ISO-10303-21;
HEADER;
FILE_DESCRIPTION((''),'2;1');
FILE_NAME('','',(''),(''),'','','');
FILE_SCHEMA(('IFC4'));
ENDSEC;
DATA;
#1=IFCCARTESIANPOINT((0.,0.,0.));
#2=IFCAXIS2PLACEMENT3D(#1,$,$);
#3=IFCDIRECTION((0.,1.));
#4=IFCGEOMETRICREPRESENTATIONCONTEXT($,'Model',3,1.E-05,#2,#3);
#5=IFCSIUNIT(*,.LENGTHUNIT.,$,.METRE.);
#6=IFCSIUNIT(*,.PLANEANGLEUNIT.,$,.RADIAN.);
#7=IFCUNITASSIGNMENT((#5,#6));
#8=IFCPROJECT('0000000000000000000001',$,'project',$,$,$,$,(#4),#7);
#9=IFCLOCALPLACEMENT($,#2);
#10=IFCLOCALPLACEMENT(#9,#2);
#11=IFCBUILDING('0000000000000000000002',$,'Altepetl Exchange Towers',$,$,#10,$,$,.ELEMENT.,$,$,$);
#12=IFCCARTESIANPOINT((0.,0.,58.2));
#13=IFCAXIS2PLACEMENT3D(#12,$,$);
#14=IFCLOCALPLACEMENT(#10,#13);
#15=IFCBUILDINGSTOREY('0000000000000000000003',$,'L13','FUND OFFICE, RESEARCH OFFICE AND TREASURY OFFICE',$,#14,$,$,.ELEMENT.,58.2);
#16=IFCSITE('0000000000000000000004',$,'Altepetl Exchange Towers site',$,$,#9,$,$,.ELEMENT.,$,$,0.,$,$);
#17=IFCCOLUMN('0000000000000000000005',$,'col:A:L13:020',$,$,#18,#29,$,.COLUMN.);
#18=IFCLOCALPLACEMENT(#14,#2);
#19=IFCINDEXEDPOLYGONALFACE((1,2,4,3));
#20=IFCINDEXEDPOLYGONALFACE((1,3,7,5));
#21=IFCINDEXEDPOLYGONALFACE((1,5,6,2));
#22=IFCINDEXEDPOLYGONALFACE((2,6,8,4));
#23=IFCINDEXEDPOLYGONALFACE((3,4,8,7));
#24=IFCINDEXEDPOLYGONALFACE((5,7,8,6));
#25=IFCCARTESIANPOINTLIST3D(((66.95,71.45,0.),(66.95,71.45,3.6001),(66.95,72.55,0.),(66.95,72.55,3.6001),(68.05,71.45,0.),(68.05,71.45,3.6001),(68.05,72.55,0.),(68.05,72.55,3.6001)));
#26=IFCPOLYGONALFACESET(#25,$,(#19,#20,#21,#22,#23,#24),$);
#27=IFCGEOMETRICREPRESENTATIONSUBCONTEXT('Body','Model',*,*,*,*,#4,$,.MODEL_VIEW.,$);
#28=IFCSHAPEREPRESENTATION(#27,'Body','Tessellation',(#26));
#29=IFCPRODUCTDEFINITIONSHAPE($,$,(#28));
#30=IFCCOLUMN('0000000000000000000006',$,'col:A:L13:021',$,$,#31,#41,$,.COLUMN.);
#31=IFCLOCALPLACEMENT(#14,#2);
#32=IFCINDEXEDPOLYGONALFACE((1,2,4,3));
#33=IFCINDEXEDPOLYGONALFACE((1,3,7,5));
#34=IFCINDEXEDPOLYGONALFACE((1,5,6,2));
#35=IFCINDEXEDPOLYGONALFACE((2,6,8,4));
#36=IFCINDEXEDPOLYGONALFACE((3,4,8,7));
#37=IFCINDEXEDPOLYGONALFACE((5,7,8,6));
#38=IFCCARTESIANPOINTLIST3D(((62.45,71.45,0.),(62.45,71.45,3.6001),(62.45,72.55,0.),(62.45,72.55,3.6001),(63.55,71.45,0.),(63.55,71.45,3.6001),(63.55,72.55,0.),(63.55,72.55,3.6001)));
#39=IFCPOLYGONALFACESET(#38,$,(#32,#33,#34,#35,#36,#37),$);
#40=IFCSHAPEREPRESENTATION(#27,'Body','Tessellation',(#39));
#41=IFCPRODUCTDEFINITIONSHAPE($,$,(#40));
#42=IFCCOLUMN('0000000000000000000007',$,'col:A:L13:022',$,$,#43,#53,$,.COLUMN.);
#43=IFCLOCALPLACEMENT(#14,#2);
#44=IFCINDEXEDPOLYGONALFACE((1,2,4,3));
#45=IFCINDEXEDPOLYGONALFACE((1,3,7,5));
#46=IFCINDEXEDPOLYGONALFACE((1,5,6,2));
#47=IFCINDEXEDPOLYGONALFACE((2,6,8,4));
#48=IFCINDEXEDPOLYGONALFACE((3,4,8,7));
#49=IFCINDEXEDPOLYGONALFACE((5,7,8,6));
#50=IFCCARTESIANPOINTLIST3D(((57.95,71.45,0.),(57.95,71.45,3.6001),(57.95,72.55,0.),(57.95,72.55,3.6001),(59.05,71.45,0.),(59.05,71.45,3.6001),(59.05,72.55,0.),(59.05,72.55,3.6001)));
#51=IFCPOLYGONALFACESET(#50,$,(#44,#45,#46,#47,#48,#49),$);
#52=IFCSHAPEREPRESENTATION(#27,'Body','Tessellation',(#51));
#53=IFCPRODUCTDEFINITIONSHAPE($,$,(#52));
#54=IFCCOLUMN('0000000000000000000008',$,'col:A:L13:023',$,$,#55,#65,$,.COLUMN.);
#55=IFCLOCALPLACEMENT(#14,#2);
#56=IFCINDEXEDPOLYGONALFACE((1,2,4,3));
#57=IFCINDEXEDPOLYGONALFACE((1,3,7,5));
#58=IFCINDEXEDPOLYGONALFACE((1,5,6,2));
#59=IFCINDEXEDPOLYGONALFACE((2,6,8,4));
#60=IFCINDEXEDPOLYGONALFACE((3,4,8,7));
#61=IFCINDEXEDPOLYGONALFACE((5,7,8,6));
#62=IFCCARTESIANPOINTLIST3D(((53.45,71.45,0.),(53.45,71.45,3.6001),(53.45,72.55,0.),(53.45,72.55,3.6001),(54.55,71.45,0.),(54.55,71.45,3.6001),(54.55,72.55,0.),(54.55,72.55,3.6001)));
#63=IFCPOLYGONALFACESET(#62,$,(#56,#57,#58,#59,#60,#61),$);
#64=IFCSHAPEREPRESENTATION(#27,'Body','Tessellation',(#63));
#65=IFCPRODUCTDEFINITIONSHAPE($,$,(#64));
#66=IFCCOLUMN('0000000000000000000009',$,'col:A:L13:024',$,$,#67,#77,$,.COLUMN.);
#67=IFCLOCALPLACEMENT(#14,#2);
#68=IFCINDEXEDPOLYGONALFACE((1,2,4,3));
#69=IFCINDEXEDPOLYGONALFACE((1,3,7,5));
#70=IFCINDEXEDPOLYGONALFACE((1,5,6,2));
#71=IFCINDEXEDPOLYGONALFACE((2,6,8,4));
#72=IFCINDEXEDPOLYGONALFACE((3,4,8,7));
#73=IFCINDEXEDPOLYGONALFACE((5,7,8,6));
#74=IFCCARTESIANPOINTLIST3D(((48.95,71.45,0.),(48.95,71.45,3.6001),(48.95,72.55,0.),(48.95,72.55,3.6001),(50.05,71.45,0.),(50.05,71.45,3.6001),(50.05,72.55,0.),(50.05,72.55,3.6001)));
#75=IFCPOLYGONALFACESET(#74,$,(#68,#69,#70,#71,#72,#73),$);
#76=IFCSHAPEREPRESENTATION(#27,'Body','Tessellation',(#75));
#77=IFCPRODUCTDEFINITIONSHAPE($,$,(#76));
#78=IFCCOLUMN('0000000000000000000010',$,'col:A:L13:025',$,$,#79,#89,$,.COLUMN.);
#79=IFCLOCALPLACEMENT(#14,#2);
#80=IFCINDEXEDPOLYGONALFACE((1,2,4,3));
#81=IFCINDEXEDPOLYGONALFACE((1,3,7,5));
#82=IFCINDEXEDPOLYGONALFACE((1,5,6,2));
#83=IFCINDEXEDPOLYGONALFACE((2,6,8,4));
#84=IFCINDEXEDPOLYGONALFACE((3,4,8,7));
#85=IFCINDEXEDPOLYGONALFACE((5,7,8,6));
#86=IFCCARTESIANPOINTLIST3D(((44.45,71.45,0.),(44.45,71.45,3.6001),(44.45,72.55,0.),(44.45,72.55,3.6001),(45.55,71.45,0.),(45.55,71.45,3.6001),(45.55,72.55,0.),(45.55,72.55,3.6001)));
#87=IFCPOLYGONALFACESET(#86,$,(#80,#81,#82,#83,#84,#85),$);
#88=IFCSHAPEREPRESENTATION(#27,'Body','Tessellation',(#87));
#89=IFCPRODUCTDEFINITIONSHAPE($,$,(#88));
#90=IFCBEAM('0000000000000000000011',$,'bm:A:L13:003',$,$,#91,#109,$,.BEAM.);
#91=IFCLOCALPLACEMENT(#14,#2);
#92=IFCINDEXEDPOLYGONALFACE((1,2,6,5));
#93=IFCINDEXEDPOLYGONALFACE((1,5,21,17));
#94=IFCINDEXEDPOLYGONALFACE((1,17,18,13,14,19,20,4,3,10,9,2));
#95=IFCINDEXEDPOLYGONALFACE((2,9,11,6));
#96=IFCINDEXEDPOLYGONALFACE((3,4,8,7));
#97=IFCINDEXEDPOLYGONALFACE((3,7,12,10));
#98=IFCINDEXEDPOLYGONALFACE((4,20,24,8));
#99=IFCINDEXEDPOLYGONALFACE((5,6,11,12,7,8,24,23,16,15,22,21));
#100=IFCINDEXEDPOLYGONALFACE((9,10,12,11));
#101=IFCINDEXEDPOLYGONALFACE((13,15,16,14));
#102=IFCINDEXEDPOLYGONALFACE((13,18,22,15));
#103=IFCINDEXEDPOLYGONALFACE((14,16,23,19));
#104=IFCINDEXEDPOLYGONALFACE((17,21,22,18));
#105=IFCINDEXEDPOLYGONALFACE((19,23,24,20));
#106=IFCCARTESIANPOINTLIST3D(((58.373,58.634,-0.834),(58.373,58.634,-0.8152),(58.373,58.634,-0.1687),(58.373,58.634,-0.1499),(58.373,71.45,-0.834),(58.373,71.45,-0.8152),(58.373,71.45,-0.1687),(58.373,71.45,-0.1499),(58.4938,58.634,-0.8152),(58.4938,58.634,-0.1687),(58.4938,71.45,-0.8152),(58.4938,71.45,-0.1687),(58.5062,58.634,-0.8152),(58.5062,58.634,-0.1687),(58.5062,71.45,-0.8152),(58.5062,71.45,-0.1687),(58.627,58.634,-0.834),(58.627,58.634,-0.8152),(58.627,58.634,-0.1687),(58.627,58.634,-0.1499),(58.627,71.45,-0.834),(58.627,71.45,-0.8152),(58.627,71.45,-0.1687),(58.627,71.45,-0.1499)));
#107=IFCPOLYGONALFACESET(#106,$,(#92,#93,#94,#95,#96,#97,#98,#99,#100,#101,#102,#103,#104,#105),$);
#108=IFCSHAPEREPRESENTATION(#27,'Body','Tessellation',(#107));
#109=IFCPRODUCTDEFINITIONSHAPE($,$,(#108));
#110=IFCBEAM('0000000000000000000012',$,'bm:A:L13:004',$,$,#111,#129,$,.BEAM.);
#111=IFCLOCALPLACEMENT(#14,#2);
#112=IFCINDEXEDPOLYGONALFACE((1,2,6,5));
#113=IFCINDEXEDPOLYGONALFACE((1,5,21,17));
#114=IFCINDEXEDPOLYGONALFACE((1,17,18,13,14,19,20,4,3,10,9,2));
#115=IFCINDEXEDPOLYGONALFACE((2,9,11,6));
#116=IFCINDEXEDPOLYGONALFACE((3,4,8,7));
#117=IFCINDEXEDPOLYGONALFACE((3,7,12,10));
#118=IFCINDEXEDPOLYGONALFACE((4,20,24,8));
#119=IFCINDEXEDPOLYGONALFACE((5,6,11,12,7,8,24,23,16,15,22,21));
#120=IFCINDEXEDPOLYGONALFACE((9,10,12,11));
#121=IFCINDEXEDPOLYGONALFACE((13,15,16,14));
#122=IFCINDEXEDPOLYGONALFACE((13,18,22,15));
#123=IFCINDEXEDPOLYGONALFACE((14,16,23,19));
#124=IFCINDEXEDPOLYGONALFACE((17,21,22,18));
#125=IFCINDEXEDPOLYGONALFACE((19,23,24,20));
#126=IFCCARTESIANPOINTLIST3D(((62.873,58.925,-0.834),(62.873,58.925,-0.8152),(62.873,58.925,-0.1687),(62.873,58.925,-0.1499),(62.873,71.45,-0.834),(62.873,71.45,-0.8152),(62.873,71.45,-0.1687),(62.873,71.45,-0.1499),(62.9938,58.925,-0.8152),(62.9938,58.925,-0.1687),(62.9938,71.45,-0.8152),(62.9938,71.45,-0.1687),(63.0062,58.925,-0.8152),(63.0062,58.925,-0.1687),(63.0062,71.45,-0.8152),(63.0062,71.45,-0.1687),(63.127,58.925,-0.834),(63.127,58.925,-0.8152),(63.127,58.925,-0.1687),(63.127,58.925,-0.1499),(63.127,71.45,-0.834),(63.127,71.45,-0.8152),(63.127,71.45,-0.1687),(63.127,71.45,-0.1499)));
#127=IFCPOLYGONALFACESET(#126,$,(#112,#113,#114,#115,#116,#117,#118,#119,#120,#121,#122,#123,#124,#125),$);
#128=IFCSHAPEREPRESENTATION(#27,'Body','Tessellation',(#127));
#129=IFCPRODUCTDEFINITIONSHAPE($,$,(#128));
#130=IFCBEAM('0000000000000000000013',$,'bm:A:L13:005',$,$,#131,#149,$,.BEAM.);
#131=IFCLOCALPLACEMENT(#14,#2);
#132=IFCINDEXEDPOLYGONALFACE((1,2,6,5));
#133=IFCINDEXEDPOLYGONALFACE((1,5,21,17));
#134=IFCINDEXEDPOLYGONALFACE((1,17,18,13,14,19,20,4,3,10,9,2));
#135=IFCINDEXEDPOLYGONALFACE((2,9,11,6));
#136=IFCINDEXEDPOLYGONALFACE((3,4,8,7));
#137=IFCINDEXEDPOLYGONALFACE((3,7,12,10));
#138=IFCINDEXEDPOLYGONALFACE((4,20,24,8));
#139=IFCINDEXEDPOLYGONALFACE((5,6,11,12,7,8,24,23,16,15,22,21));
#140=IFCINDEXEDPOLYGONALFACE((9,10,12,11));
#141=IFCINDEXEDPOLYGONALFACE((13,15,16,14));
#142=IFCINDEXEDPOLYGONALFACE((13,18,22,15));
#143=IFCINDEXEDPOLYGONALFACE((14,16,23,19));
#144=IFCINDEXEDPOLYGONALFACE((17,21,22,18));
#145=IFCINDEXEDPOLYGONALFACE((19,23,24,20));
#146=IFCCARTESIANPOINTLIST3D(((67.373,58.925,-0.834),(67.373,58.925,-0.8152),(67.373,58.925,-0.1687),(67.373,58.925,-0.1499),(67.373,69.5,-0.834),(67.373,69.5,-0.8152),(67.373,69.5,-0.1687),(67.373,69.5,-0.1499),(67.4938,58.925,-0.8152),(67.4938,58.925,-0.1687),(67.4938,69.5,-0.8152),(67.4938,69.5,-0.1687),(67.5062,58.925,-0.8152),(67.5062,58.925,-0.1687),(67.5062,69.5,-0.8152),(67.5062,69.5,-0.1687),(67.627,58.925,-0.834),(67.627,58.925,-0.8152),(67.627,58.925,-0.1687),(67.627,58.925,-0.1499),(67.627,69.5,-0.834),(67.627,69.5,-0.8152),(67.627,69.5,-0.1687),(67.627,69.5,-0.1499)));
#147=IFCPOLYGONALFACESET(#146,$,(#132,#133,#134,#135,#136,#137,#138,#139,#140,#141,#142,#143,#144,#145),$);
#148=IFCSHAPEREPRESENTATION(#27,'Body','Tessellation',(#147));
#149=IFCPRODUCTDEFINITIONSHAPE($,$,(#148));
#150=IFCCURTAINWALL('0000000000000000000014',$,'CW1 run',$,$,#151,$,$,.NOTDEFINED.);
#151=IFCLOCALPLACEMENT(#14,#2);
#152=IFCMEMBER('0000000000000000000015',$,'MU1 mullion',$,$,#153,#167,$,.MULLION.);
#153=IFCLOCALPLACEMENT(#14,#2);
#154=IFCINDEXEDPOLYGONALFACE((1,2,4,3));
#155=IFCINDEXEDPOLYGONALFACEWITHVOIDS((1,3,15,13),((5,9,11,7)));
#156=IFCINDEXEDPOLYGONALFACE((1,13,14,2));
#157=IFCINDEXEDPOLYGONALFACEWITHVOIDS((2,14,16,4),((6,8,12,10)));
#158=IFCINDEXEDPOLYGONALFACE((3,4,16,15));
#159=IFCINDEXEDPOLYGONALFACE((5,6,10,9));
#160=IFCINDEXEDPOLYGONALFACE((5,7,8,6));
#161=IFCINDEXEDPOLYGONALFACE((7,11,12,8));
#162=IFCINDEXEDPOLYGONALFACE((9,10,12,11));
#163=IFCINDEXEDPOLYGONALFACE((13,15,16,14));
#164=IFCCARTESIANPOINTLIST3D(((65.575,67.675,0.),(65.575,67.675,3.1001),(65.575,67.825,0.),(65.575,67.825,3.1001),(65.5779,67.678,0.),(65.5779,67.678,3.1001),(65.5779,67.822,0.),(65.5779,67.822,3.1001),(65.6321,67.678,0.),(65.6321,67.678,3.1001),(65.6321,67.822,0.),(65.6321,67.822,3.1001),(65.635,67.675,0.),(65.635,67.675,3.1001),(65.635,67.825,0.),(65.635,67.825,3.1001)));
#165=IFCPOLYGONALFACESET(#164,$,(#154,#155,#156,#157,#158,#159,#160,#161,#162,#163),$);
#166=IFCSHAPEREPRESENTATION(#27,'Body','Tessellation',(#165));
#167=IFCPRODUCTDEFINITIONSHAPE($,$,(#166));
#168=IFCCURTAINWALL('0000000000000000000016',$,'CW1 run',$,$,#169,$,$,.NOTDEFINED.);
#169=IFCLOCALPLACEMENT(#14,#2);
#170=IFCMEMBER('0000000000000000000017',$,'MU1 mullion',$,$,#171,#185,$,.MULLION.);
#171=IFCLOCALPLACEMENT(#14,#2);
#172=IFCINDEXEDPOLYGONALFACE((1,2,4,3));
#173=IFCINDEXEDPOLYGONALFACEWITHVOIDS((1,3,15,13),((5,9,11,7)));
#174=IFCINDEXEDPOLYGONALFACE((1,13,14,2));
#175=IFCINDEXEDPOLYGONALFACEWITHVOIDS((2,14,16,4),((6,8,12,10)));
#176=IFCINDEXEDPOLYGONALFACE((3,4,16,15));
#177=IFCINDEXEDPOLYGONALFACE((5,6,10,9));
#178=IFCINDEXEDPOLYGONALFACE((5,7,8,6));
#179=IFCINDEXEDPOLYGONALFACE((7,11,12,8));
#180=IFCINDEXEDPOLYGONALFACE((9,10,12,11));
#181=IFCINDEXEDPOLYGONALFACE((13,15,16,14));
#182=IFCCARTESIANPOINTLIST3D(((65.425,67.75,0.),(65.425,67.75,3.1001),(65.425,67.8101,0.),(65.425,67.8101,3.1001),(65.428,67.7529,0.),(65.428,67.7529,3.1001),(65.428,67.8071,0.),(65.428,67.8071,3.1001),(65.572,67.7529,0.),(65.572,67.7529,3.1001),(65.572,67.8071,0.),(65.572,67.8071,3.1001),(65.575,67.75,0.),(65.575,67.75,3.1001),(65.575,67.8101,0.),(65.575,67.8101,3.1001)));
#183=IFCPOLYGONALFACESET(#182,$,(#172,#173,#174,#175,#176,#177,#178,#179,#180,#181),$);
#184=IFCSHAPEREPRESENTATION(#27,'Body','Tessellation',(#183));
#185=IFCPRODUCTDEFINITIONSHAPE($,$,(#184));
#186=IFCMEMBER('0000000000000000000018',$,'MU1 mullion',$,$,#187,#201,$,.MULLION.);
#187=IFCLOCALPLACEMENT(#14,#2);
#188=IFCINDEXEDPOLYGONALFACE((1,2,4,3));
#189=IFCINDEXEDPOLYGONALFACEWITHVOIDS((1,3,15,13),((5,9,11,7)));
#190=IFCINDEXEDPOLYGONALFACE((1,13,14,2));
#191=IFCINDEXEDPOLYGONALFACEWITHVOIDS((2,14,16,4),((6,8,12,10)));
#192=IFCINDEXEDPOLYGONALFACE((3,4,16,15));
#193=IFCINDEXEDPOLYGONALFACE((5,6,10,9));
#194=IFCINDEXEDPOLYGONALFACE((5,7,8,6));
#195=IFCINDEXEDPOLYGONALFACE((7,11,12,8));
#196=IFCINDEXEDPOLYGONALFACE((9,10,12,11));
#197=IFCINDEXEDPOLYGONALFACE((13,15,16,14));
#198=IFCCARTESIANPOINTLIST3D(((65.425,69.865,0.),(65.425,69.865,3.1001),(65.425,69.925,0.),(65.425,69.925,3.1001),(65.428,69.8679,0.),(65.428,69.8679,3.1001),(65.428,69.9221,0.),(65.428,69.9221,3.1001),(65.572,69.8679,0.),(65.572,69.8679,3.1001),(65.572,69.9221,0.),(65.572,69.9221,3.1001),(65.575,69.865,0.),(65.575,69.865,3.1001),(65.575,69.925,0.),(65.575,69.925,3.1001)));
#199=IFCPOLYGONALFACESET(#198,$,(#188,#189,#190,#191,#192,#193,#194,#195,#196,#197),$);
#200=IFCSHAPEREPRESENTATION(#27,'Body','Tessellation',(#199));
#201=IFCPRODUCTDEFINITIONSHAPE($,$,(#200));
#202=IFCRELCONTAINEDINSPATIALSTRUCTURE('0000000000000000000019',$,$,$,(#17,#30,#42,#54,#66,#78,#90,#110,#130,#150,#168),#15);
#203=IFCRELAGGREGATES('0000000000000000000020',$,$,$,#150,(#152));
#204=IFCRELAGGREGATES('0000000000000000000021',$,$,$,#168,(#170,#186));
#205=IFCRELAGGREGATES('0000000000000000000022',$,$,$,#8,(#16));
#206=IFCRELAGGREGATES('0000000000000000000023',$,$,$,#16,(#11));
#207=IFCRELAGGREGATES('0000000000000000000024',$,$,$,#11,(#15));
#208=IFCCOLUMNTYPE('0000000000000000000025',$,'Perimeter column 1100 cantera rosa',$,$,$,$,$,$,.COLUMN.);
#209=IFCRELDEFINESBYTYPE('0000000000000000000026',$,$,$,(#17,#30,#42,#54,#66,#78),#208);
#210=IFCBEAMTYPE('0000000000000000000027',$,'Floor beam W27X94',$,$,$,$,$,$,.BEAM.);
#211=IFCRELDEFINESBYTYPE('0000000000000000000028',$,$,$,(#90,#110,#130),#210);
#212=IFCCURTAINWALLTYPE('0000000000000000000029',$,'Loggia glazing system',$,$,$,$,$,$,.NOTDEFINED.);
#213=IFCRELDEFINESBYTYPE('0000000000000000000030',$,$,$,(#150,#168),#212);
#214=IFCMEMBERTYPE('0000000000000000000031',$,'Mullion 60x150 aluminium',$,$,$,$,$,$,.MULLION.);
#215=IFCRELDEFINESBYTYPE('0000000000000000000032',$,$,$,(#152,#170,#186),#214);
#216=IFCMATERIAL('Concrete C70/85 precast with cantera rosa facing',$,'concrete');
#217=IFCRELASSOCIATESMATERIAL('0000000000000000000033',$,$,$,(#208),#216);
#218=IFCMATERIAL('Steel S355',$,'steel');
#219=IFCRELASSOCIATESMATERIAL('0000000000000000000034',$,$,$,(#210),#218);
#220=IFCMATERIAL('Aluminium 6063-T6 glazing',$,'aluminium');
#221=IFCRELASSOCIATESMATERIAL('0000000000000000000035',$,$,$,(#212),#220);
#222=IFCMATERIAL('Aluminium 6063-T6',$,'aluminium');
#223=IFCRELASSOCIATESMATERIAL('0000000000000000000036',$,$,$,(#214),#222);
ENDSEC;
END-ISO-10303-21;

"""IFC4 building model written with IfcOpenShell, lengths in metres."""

from ifc_helpers import new_model, si_unit, direction, frame, origin, origin_2d, place, context, subcontext, project, spatial, rectangle, hollow_rectangle, i_section, extrude, material, material_profile, profile_set, type_object, element, aggregate, save


model = new_model("IFC4")

# Units and contexts
model_context = context("Model", 3, precision=1e-05, world=origin(), true_north=direction((0.0, 1.0)))
body_context = subcontext(model_context, "Body", "Model", "MODEL_VIEW")
ifc_project = project(units=[si_unit("LENGTHUNIT", "METRE"), si_unit("PLANEANGLEUNIT", "RADIAN")], contexts=[model_context])

# Site, building, storey
site_placement = place(None, origin())
site = spatial("IfcSite", under=ifc_project, at=site_placement, Name="Altepetl Exchange Towers site", CompositionType="ELEMENT", RefElevation=0.0)
building_placement = place(site_placement, origin())
building = spatial("IfcBuilding", under=site, at=building_placement, Name="Altepetl Exchange Towers", CompositionType="ELEMENT")
storey_placement = place(building_placement, frame((0.0, 0.0, 58.2)))
storey = spatial("IfcBuildingStorey", under=building, at=storey_placement, Name="L13", Description="FUND OFFICE, RESEARCH OFFICE AND TREASURY OFFICE", CompositionType="ELEMENT", Elevation=58.2)

# Columns
ifc_material_1 = material(Name="Concrete C70/85 precast with cantera rosa facing", Category="concrete")
ifc_material_profile_1 = material_profile(ifc_material_1, rectangle(XDim=1.1001, YDim=1.1001, at=origin_2d()), Name="1100 x 1100")
ifc_profile_set_1 = profile_set([ifc_material_profile_1], Name="Concrete C70/85 precast with cantera rosa facing")
column_type = type_object("IfcColumnType", Name="Perimeter column 1100 cantera rosa", PredefinedType="COLUMN", material=ifc_profile_set_1)
for number, where, name in (
    (1, (67.5, 72.0, 0.0), "col:A:L13:020"),
    (2, (63.0, 72.0, 0.0), "col:A:L13:021"),
    (3, (58.5, 72.0, 0.0), "col:A:L13:022"),
    (4, (54.0, 72.0, 0.0), "col:A:L13:023"),
    (5, (49.5, 72.0, 0.0), "col:A:L13:024"),
    (6, (45.0, 72.0, 0.0), "col:A:L13:025"),
):
    element("IfcColumn", number, at=place(storey_placement, frame(where)), inside=storey, type_object=column_type, Name=name, PredefinedType="COLUMN", context=body_context, shape_type="SweptSolid", body=[
        extrude(rectangle(XDim=1.1001, YDim=1.1001, at=origin_2d()), origin(), (0.0, 0.0, 1.0), 3.6001),
    ])

# Beams
ifc_material_2 = material(Name="Steel S355", Category="steel")
ifc_material_profile_2 = material_profile(ifc_material_2, i_section(OverallWidth=0.2539, OverallDepth=0.6841, WebThickness=0.0125, FlangeThickness=0.0188, at=origin_2d()), Name="W27X94")
ifc_profile_set_2 = profile_set([ifc_material_profile_2], Name="Steel S355")
beam_type_1 = type_object("IfcBeamType", Name="Floor beam W27X94", PredefinedType="BEAM", material=ifc_profile_set_2)
beam_1_placement = place(storey_placement, frame((58.5, 58.634, -0.4919), z_axis=(0.0, 1.0, 0.0), x_axis=(-1.0, 0.0, 0.0)))
element("IfcBeam", 7, at=beam_1_placement, inside=storey, type_object=beam_type_1, Name="bm:A:L13:003", PredefinedType="BEAM", context=body_context, shape_type="SweptSolid", body=[
    extrude(i_section(OverallWidth=0.2539, OverallDepth=0.6841, WebThickness=0.0125, FlangeThickness=0.0188, at=origin_2d()), origin(), (0.0, 0.0, 1.0), 12.8159),
])
beam_2_placement = place(storey_placement, frame((63.0, 58.925, -0.4919), z_axis=(0.0, 1.0, 0.0), x_axis=(-1.0, 0.0, 0.0)))
element("IfcBeam", 8, at=beam_2_placement, inside=storey, type_object=beam_type_1, Name="bm:A:L13:004", PredefinedType="BEAM", context=body_context, shape_type="SweptSolid", body=[
    extrude(i_section(OverallWidth=0.2539, OverallDepth=0.6841, WebThickness=0.0125, FlangeThickness=0.0188, at=origin_2d()), origin(), (0.0, 0.0, 1.0), 12.5249),
])
beam_3_placement = place(storey_placement, frame((67.5, 58.925, -0.4919), z_axis=(0.0, 1.0, 0.0), x_axis=(-1.0, 0.0, 0.0)))
element("IfcBeam", 9, at=beam_3_placement, inside=storey, type_object=beam_type_1, Name="bm:A:L13:005", PredefinedType="BEAM", context=body_context, shape_type="SweptSolid", body=[
    extrude(i_section(OverallWidth=0.2539, OverallDepth=0.6841, WebThickness=0.0125, FlangeThickness=0.0188, at=origin_2d()), origin(), (0.0, 0.0, 1.0), 10.575),
])

# Curtain wall, member
ifc_material_3 = material(Name="Aluminium 6063-T6 glazing", Category="aluminium")
curtain_wall_type = type_object("IfcCurtainWallType", Name="Loggia glazing system", PredefinedType="NOTDEFINED", material=ifc_material_3)
curtain_wall_1_placement = place(storey_placement, origin())
curtain_wall_1 = element("IfcCurtainWall", 10, at=curtain_wall_1_placement, inside=storey, type_object=curtain_wall_type, Name="CW1 run", PredefinedType="NOTDEFINED")
ifc_material_4 = material(Name="Aluminium 6063-T6", Category="aluminium")
ifc_material_profile_3 = material_profile(ifc_material_4, hollow_rectangle(XDim=0.0601, YDim=0.1499, WallThickness=0.0029, at=origin_2d()), Name="Mullion 60x150 aluminium")
ifc_profile_set_3 = profile_set([ifc_material_profile_3], Name="Aluminium 6063-T6")
member_type = type_object("IfcMemberType", Name="Mullion 60x150 aluminium", PredefinedType="MULLION", material=ifc_profile_set_3)
member_1_placement = place(storey_placement, frame((65.605, 67.75, 0.0), z_axis=(0.0, 0.0, 1.0), x_axis=(-1.0, 0.0, 0.0)))
member_1 = element("IfcMember", 11, at=member_1_placement, type_object=member_type, Name="MU1 mullion", PredefinedType="MULLION", context=body_context, shape_type="SweptSolid", body=[
    extrude(hollow_rectangle(XDim=0.0601, YDim=0.1499, WallThickness=0.0029, at=origin_2d()), origin(), (0.0, 0.0, 1.0), 3.1001),
])

# Curtain wall, members
curtain_wall_2_placement = place(storey_placement, origin())
curtain_wall_2 = element("IfcCurtainWall", 12, at=curtain_wall_2_placement, inside=storey, type_object=curtain_wall_type, Name="CW1 run", PredefinedType="NOTDEFINED")
member_2_placement = place(storey_placement, frame((65.5, 67.78, 0.0), z_axis=(0.0, 0.0, 1.0), x_axis=(0.0, 1.0, 0.0)))
member_2 = element("IfcMember", 13, at=member_2_placement, type_object=member_type, Name="MU1 mullion", PredefinedType="MULLION", context=body_context, shape_type="SweptSolid", body=[
    extrude(hollow_rectangle(XDim=0.0601, YDim=0.1499, WallThickness=0.0029, at=origin_2d()), origin(), (0.0, 0.0, 1.0), 3.1001),
])
member_3_placement = place(storey_placement, frame((65.5, 69.895, 0.0), z_axis=(0.0, 0.0, 1.0), x_axis=(0.0, 1.0, 0.0)))
member_3 = element("IfcMember", 14, at=member_3_placement, type_object=member_type, Name="MU1 mullion", PredefinedType="MULLION", context=body_context, shape_type="SweptSolid", body=[
    extrude(hollow_rectangle(XDim=0.0601, YDim=0.1499, WallThickness=0.0029, at=origin_2d()), origin(), (0.0, 0.0, 1.0), 3.1001),
])

aggregate(curtain_wall_1, [member_1])
aggregate(curtain_wall_2, [member_2, member_3])

save(model, "model.ifc")
